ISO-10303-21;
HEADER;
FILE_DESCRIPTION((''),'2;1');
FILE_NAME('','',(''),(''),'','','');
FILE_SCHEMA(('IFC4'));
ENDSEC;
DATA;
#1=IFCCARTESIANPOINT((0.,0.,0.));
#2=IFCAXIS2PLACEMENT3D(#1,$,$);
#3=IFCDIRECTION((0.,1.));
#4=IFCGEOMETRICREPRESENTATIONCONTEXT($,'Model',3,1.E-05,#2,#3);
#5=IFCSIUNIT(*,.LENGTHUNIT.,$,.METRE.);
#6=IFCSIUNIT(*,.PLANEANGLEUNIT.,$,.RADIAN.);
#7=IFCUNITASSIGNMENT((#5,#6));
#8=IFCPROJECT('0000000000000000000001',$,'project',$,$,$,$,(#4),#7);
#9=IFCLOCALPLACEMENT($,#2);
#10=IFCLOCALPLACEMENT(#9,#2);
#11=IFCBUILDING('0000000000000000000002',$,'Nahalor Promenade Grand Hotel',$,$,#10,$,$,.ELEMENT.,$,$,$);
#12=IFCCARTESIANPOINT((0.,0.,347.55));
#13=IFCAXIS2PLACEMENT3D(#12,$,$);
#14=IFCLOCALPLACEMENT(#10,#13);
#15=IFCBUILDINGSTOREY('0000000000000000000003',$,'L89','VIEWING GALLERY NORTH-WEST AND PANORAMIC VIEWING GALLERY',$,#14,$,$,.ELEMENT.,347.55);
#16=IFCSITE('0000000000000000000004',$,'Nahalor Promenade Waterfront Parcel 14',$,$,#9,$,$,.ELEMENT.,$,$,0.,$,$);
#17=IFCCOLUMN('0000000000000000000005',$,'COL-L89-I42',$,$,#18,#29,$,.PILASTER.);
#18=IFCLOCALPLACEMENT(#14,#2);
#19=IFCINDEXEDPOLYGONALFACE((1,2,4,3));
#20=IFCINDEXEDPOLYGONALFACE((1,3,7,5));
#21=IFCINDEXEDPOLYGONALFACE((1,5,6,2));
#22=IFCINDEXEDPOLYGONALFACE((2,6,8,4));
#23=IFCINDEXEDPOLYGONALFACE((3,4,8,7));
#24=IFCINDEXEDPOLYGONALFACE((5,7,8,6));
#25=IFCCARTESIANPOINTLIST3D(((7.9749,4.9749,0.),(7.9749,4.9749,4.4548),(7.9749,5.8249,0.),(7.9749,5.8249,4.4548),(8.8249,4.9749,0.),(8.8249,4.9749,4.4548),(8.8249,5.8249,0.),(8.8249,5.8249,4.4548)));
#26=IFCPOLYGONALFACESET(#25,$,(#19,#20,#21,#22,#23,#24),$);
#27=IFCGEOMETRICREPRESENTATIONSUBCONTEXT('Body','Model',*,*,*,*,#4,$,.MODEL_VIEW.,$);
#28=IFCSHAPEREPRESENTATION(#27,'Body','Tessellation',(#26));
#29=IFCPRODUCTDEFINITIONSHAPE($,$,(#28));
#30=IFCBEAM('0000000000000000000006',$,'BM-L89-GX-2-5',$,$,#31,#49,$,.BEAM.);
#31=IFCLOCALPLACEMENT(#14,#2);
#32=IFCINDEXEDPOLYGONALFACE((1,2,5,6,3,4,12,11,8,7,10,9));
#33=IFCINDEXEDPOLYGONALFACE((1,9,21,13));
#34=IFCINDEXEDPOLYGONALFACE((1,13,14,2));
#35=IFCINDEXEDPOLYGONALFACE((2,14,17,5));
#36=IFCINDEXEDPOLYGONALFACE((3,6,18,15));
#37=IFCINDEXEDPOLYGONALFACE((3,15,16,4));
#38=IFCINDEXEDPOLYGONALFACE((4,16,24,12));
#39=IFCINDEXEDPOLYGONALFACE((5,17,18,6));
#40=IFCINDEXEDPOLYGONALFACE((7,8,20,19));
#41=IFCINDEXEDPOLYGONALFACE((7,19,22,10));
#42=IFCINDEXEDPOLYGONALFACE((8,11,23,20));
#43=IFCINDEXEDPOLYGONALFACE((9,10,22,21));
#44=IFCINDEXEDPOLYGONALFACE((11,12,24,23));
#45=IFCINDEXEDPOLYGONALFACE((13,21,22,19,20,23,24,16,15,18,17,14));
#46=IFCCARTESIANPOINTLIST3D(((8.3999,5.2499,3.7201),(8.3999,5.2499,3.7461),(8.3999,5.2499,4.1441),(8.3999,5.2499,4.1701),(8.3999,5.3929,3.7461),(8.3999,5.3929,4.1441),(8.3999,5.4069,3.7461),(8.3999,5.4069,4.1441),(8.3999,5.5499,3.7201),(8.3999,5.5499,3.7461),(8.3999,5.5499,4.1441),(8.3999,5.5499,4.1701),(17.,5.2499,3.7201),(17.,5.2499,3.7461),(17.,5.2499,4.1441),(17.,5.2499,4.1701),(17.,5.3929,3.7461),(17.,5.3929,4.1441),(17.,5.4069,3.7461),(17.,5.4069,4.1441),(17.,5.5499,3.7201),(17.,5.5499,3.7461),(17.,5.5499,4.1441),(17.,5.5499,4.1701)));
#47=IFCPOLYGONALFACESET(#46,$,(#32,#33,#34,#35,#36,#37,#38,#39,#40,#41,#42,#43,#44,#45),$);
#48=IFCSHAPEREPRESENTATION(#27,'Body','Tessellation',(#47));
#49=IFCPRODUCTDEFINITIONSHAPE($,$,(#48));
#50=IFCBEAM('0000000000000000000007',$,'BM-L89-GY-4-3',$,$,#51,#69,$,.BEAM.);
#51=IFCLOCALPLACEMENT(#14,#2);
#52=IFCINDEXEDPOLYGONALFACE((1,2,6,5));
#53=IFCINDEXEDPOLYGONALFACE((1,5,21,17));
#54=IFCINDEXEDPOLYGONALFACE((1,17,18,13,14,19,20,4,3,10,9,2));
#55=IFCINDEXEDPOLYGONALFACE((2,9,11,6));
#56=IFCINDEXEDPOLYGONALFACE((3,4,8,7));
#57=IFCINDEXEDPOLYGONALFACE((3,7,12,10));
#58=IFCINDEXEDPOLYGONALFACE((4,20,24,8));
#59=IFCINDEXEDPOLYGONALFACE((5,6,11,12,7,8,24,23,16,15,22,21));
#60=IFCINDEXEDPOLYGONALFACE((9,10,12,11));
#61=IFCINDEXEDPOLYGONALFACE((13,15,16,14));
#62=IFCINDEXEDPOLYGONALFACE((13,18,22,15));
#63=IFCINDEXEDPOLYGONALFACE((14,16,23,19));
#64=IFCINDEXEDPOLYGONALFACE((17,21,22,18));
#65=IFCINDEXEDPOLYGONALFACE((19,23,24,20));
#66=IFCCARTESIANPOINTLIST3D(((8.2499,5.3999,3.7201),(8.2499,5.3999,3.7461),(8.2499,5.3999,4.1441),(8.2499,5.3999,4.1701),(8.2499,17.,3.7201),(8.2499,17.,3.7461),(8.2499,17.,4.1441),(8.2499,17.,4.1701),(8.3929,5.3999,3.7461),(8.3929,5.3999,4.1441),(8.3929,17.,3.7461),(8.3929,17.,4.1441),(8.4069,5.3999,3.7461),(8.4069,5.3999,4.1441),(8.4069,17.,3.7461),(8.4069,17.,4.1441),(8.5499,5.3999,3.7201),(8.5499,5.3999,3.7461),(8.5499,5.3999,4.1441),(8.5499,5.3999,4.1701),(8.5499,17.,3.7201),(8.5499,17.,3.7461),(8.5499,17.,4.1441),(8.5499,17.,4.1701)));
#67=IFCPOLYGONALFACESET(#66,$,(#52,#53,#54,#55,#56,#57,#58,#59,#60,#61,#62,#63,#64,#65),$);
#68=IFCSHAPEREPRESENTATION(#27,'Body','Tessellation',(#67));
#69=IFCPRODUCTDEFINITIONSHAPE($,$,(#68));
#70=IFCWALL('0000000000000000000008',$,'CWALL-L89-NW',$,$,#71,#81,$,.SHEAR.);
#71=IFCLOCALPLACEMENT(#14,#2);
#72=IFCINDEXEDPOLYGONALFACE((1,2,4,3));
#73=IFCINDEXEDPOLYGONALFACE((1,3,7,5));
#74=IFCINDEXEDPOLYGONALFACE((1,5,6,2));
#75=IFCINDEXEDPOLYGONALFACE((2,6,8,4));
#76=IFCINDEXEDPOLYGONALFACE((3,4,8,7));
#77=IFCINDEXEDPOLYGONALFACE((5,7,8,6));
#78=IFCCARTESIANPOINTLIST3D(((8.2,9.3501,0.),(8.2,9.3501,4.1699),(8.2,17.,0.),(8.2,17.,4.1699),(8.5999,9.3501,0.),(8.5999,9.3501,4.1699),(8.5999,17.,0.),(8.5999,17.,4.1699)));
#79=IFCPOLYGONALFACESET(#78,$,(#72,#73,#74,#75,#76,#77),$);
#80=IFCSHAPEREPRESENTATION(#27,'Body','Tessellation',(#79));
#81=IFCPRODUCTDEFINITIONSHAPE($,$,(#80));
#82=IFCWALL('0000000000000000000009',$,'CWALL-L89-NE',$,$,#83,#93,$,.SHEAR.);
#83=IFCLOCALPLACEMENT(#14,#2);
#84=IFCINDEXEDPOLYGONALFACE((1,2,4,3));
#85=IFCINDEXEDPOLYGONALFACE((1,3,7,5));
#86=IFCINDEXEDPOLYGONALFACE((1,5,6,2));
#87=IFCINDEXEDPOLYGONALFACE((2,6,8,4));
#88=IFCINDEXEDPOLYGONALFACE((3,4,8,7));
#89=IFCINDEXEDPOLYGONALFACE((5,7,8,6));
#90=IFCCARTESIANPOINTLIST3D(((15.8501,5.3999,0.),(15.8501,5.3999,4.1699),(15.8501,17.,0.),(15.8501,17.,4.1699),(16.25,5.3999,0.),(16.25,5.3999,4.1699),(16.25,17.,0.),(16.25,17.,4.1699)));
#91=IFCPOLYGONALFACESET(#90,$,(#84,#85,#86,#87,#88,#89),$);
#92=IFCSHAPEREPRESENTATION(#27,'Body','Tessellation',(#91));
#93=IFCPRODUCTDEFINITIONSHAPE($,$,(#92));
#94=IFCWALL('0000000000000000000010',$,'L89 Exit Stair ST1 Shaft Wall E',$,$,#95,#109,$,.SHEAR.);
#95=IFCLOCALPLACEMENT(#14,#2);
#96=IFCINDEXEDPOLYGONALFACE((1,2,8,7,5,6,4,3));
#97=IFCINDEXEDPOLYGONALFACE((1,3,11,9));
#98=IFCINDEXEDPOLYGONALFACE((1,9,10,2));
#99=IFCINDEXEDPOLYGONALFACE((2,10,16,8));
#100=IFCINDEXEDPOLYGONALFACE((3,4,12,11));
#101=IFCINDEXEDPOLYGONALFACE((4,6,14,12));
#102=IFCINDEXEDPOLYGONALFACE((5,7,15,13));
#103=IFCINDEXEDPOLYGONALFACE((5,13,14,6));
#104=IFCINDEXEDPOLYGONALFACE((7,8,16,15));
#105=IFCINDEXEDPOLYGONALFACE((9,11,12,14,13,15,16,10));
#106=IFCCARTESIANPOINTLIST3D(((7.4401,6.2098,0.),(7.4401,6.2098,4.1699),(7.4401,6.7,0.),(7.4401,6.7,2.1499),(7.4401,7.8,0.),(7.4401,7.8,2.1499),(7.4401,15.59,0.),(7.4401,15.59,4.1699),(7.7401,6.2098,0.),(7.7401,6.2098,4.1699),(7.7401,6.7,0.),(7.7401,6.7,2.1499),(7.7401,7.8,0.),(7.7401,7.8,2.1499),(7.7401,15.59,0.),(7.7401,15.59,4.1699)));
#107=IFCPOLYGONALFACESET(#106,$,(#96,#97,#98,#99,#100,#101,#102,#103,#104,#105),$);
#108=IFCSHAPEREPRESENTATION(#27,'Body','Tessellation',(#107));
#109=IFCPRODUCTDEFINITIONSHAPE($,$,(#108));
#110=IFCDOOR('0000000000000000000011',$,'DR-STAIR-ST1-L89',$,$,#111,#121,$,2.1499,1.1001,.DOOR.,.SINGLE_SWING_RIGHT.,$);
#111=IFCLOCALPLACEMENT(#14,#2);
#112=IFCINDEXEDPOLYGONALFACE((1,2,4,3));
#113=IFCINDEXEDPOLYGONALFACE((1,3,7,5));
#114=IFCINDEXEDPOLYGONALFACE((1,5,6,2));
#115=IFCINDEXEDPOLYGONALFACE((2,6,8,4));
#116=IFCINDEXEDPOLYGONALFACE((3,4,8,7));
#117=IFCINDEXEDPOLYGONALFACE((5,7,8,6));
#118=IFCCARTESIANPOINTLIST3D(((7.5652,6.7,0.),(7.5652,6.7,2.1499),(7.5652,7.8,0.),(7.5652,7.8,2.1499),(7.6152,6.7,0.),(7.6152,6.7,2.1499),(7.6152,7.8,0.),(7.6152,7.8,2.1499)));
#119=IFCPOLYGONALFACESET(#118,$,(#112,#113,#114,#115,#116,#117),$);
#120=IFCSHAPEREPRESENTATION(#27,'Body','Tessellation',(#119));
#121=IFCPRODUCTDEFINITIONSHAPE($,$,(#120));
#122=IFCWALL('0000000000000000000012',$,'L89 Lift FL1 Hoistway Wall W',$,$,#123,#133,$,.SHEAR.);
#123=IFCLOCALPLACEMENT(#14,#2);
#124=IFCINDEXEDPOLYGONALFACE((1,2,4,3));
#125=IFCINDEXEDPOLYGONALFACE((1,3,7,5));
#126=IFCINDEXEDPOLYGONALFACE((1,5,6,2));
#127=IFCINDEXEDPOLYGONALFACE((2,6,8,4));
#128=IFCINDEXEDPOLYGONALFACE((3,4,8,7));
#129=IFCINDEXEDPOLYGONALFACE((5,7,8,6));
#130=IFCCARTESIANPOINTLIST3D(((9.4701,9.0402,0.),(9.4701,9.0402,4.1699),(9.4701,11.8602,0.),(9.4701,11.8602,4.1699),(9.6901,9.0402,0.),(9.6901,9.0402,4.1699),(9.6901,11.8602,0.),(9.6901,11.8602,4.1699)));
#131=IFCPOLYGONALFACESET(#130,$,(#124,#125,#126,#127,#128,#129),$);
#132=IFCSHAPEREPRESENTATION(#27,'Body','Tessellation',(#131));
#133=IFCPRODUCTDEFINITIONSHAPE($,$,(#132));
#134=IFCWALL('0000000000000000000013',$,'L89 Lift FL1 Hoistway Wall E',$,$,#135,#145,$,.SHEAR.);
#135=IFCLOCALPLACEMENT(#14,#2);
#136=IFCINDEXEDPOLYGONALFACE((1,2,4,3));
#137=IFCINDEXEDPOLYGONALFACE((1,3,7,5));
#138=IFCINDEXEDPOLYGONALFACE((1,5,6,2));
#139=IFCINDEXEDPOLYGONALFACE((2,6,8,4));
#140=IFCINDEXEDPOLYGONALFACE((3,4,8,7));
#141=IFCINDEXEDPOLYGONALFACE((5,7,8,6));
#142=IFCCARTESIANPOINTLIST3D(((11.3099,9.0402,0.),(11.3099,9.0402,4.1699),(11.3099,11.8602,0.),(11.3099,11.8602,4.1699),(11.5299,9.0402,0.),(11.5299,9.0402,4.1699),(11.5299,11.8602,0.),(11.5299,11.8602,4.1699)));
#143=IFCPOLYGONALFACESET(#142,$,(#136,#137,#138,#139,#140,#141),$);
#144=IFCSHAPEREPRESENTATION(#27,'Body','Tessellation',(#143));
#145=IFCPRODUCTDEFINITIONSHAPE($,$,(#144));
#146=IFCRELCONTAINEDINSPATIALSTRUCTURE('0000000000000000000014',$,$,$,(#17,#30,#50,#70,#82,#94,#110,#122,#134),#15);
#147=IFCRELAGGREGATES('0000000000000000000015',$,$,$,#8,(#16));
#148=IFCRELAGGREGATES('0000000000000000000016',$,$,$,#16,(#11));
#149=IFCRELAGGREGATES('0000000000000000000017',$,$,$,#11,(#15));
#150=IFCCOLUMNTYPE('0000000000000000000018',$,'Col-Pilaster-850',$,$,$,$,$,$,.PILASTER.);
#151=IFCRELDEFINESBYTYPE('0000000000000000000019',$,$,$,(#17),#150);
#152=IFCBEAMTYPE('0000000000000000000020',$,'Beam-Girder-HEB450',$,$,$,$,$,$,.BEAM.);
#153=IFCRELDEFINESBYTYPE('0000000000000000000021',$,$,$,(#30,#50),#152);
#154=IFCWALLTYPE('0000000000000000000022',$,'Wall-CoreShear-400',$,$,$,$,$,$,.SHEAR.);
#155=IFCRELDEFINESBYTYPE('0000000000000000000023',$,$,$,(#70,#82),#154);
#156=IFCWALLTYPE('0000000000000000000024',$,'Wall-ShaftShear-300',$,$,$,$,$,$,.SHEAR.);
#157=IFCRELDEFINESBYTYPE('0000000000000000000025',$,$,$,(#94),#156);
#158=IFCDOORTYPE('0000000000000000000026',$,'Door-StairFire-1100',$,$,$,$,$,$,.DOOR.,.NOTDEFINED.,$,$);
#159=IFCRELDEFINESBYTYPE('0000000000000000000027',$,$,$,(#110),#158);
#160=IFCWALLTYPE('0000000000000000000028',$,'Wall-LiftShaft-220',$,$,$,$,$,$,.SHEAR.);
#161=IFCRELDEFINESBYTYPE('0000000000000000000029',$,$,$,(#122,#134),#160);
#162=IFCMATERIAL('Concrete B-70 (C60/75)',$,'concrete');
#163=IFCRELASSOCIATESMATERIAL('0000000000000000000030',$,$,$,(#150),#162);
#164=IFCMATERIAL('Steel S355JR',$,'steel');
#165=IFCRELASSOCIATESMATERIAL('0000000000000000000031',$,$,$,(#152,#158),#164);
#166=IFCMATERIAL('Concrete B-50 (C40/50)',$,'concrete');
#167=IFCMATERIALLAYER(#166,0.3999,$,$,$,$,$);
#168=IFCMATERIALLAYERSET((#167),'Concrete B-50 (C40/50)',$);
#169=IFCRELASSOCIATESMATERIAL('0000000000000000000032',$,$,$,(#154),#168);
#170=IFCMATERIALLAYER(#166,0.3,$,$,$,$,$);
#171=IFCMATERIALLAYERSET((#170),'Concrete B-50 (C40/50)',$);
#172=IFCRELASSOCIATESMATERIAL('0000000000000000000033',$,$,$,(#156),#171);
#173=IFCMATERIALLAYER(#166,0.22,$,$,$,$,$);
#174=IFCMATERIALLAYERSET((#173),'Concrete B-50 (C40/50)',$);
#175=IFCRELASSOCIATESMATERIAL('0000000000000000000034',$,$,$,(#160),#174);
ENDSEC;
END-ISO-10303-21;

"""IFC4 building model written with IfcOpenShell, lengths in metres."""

from ifc_helpers import new_model, si_unit, direction, frame, frame_2d, origin, origin_2d, place, context, subcontext, project, spatial, rectangle, i_section, extrude, source, transform, mapped, material, layer, layer_set, material_profile, profile_set, type_object, element, fill, save


model = new_model("IFC4")

# Units and contexts
model_context = context("Model", 3, precision=1e-05, world=origin(), true_north=direction((0.0, 1.0)))
body_context = subcontext(model_context, "Body", "Model", "MODEL_VIEW")
ifc_project = project(units=[si_unit("LENGTHUNIT", "METRE"), si_unit("PLANEANGLEUNIT", "RADIAN")], contexts=[model_context])

# Site, building, storey
site_placement = place(None, origin())
site = spatial("IfcSite", under=ifc_project, at=site_placement, Name="Nahalor Promenade Waterfront Parcel 14", CompositionType="ELEMENT", RefElevation=0.0)
building_placement = place(site_placement, origin())
building = spatial("IfcBuilding", under=site, at=building_placement, Name="Nahalor Promenade Grand Hotel", CompositionType="ELEMENT")
storey_placement = place(building_placement, frame((0.0, 0.0, 347.55)))
storey = spatial("IfcBuildingStorey", under=building, at=storey_placement, Name="L89", Description="VIEWING GALLERY NORTH-WEST AND PANORAMIC VIEWING GALLERY", CompositionType="ELEMENT", Elevation=347.55)

# Column
ifc_material_1 = material(Name="Concrete B-70 (C60/75)", Category="concrete")
ifc_material_profile_1 = material_profile(ifc_material_1, rectangle(XDim=0.85, YDim=0.85, at=origin_2d()), Name="RC 850x850")
ifc_profile_set_1 = profile_set([ifc_material_profile_1], Name="Concrete B-70 (C60/75)")
column_type = type_object("IfcColumnType", Name="Col-Pilaster-850", PredefinedType="PILASTER", material=ifc_profile_set_1)
shared_shape_1 = source(origin(), body_context, "Body", "SweptSolid", [
    extrude(rectangle(XDim=0.85, YDim=0.85, at=origin_2d()), origin(), (0.0, 0.0, 1.0), 4.4548),
])
column_placement = place(storey_placement, frame((8.3999, 5.3999, 0.0), z_axis=(0.0, 0.0, 1.0), x_axis=(1.0, 0.0, 0.0)))
element("IfcColumn", 1, at=column_placement, inside=storey, type_object=column_type, Name="COL-L89-I42", PredefinedType="PILASTER", context=body_context, shape_type="MappedRepresentation", body=[
    mapped(shared_shape_1, transform((0.0, 0.0, 0.0), scale=1.0)),
])

# Beams
ifc_material_2 = material(Name="Steel S355JR", Category="steel")
ifc_material_profile_2 = material_profile(ifc_material_2, i_section(OverallWidth=0.3, OverallDepth=0.45, WebThickness=0.014, FlangeThickness=0.026, at=origin_2d()), Name="HEB 450")
ifc_profile_set_2 = profile_set([ifc_material_profile_2], Name="Steel S355JR")
beam_type = type_object("IfcBeamType", Name="Beam-Girder-HEB450", PredefinedType="BEAM", material=ifc_profile_set_2)
shared_shape_2 = source(origin(), body_context, "Body", "SweptSolid", [
    extrude(i_section(OverallWidth=0.3, OverallDepth=0.45, WebThickness=0.014, FlangeThickness=0.026, at=origin_2d()), origin(), (0.0, 0.0, 1.0), 8.6001),
])
beam_1_placement = place(storey_placement, frame((8.3999, 5.3999, 3.9451), z_axis=(1.0, 0.0, 0.0), x_axis=(0.0, 1.0, 0.0)))
element("IfcBeam", 2, at=beam_1_placement, inside=storey, type_object=beam_type, Name="BM-L89-GX-2-5", PredefinedType="BEAM", context=body_context, shape_type="MappedRepresentation", body=[
    mapped(shared_shape_2, transform((0.0, 0.0, 0.0), scale=1.0)),
])
shared_shape_3 = source(origin(), body_context, "Body", "SweptSolid", [
    extrude(i_section(OverallWidth=0.3, OverallDepth=0.45, WebThickness=0.014, FlangeThickness=0.026, at=origin_2d()), origin(), (0.0, 0.0, 1.0), 11.6001),
])
beam_2_placement = place(storey_placement, frame((8.3999, 5.3999, 3.9451), z_axis=(0.0, 1.0, 0.0), x_axis=(-1.0, 0.0, 0.0)))
element("IfcBeam", 3, at=beam_2_placement, inside=storey, type_object=beam_type, Name="BM-L89-GY-4-3", PredefinedType="BEAM", context=body_context, shape_type="MappedRepresentation", body=[
    mapped(shared_shape_3, transform((0.0, 0.0, 0.0), scale=1.0)),
])

# Walls
ifc_material_3 = material(Name="Concrete B-50 (C40/50)", Category="concrete")
ifc_layer_1 = layer(ifc_material_3, 0.3999)
ifc_layer_set_1 = layer_set([ifc_layer_1], Name="Concrete B-50 (C40/50)")
wall_type_1 = type_object("IfcWallType", Name="Wall-CoreShear-400", PredefinedType="SHEAR", material=ifc_layer_set_1)
shared_shape_4 = source(origin(), body_context, "Body", "SweptSolid", [
    extrude(rectangle(XDim=7.6499, YDim=0.3999, at=frame_2d((3.825, 0.0))), origin(), (0.0, 0.0, 1.0), 4.1699),
])
wall_1_placement = place(storey_placement, frame((8.3999, 9.3501, 0.0), z_axis=(0.0, 0.0, 1.0), x_axis=(0.0, 1.0, 0.0)))
element("IfcWall", 4, at=wall_1_placement, inside=storey, type_object=wall_type_1, Name="CWALL-L89-NW", PredefinedType="SHEAR", context=body_context, shape_type="MappedRepresentation", body=[
    mapped(shared_shape_4, transform((0.0, 0.0, 0.0), scale=1.0)),
])
shared_shape_5 = source(origin(), body_context, "Body", "SweptSolid", [
    extrude(rectangle(XDim=11.6001, YDim=0.3999, at=frame_2d((5.8, 0.0))), origin(), (0.0, 0.0, 1.0), 4.1699),
])
wall_2_placement = place(storey_placement, frame((16.05, 5.3999, 0.0), z_axis=(0.0, 0.0, 1.0), x_axis=(0.0, 1.0, 0.0)))
element("IfcWall", 5, at=wall_2_placement, inside=storey, type_object=wall_type_1, Name="CWALL-L89-NE", PredefinedType="SHEAR", context=body_context, shape_type="MappedRepresentation", body=[
    mapped(shared_shape_5, transform((0.0, 0.0, 0.0), scale=1.0)),
])

# Wall, opening, door
ifc_layer_2 = layer(ifc_material_3, 0.3)
ifc_layer_set_2 = layer_set([ifc_layer_2], Name="Concrete B-50 (C40/50)")
wall_type_2 = type_object("IfcWallType", Name="Wall-ShaftShear-300", PredefinedType="SHEAR", material=ifc_layer_set_2)
shared_shape_6 = source(origin(), body_context, "Body", "SweptSolid", [
    extrude(rectangle(XDim=9.3801, YDim=0.3, at=frame_2d((4.6899, 0.0))), origin(), (0.0, 0.0, 1.0), 4.1699),
])
wall_3_placement = place(storey_placement, frame((7.5901, 6.21, 0.0), z_axis=(0.0, 0.0, 1.0), x_axis=(0.0, 1.0, 0.0)))
wall_3 = element("IfcWall", 6, at=wall_3_placement, inside=storey, type_object=wall_type_2, Name="L89 Exit Stair ST1 Shaft Wall E", PredefinedType="SHEAR", context=body_context, shape_type="MappedRepresentation", body=[
    mapped(shared_shape_6, transform((0.0, 0.0, 0.0), scale=1.0)),
])
opening_1_placement = place(wall_3_placement, frame((0.49, 0.0, 0.0)))
opening_1 = element("IfcOpeningElement", 7, at=opening_1_placement, cuts=wall_3, PredefinedType="OPENING", context=body_context, shape_type="SweptSolid", body=[
    extrude(rectangle(XDim=1.1001, YDim=2.1499, at=frame_2d((0.55, 1.075))), frame((0.0, 0.1599, 0.0), z_axis=(0.0, -1.0, 0.0), x_axis=(1.0, 0.0, 0.0)), (0.0, 0.0, 1.0), 0.3201),
])
door_type_1 = type_object("IfcDoorType", Name="Door-StairFire-1100", OperationType="NOTDEFINED", PredefinedType="DOOR", material=ifc_material_2)
shared_shape_7 = source(origin(), body_context, "Body", "SweptSolid", [
    extrude(rectangle(XDim=1.1001, YDim=2.1499, at=frame_2d((0.55, 1.075))), frame((0.0, 0.0249, 0.0), z_axis=(0.0, -1.0, 0.0), x_axis=(1.0, 0.0, 0.0)), (0.0, 0.0, 1.0), 0.05),
])
door_1_placement = place(opening_1_placement, origin())
door_1 = element("IfcDoor", 8, at=door_1_placement, inside=storey, type_object=door_type_1, Name="DR-STAIR-ST1-L89", OperationType="SINGLE_SWING_RIGHT", OverallHeight=2.1499, OverallWidth=1.1001, PredefinedType="DOOR", context=body_context, shape_type="MappedRepresentation", body=[
    mapped(shared_shape_7, transform((0.0, 0.0, 0.0), scale=1.0)),
])
fill(opening_1, door_1)

# Walls
ifc_layer_3 = layer(ifc_material_3, 0.22)
ifc_layer_set_3 = layer_set([ifc_layer_3], Name="Concrete B-50 (C40/50)")
wall_type_3 = type_object("IfcWallType", Name="Wall-LiftShaft-220", PredefinedType="SHEAR", material=ifc_layer_set_3)
shared_shape_8 = source(origin(), body_context, "Body", "SweptSolid", [
    extrude(rectangle(XDim=2.8201, YDim=0.22, at=frame_2d((1.4102, 0.0))), origin(), (0.0, 0.0, 1.0), 4.1699),
])
for number, where, z_axis, x_axis, name in (
    (9, (9.5801, 9.04, 0.0), (0.0, 0.0, 1.0), (0.0, 1.0, 0.0), "L89 Lift FL1 Hoistway Wall W"),
    (10, (11.4199, 9.04, 0.0), (0.0, 0.0, 1.0), (0.0, 1.0, 0.0), "L89 Lift FL1 Hoistway Wall E"),
):
    element("IfcWall", number, at=place(storey_placement, frame(where, z_axis=z_axis, x_axis=x_axis)), inside=storey, type_object=wall_type_3, Name=name, PredefinedType="SHEAR", context=body_context, shape_type="MappedRepresentation", body=[
        mapped(shared_shape_8, transform((0.0, 0.0, 0.0), scale=1.0)),
    ])

save(model, "model.ifc")
